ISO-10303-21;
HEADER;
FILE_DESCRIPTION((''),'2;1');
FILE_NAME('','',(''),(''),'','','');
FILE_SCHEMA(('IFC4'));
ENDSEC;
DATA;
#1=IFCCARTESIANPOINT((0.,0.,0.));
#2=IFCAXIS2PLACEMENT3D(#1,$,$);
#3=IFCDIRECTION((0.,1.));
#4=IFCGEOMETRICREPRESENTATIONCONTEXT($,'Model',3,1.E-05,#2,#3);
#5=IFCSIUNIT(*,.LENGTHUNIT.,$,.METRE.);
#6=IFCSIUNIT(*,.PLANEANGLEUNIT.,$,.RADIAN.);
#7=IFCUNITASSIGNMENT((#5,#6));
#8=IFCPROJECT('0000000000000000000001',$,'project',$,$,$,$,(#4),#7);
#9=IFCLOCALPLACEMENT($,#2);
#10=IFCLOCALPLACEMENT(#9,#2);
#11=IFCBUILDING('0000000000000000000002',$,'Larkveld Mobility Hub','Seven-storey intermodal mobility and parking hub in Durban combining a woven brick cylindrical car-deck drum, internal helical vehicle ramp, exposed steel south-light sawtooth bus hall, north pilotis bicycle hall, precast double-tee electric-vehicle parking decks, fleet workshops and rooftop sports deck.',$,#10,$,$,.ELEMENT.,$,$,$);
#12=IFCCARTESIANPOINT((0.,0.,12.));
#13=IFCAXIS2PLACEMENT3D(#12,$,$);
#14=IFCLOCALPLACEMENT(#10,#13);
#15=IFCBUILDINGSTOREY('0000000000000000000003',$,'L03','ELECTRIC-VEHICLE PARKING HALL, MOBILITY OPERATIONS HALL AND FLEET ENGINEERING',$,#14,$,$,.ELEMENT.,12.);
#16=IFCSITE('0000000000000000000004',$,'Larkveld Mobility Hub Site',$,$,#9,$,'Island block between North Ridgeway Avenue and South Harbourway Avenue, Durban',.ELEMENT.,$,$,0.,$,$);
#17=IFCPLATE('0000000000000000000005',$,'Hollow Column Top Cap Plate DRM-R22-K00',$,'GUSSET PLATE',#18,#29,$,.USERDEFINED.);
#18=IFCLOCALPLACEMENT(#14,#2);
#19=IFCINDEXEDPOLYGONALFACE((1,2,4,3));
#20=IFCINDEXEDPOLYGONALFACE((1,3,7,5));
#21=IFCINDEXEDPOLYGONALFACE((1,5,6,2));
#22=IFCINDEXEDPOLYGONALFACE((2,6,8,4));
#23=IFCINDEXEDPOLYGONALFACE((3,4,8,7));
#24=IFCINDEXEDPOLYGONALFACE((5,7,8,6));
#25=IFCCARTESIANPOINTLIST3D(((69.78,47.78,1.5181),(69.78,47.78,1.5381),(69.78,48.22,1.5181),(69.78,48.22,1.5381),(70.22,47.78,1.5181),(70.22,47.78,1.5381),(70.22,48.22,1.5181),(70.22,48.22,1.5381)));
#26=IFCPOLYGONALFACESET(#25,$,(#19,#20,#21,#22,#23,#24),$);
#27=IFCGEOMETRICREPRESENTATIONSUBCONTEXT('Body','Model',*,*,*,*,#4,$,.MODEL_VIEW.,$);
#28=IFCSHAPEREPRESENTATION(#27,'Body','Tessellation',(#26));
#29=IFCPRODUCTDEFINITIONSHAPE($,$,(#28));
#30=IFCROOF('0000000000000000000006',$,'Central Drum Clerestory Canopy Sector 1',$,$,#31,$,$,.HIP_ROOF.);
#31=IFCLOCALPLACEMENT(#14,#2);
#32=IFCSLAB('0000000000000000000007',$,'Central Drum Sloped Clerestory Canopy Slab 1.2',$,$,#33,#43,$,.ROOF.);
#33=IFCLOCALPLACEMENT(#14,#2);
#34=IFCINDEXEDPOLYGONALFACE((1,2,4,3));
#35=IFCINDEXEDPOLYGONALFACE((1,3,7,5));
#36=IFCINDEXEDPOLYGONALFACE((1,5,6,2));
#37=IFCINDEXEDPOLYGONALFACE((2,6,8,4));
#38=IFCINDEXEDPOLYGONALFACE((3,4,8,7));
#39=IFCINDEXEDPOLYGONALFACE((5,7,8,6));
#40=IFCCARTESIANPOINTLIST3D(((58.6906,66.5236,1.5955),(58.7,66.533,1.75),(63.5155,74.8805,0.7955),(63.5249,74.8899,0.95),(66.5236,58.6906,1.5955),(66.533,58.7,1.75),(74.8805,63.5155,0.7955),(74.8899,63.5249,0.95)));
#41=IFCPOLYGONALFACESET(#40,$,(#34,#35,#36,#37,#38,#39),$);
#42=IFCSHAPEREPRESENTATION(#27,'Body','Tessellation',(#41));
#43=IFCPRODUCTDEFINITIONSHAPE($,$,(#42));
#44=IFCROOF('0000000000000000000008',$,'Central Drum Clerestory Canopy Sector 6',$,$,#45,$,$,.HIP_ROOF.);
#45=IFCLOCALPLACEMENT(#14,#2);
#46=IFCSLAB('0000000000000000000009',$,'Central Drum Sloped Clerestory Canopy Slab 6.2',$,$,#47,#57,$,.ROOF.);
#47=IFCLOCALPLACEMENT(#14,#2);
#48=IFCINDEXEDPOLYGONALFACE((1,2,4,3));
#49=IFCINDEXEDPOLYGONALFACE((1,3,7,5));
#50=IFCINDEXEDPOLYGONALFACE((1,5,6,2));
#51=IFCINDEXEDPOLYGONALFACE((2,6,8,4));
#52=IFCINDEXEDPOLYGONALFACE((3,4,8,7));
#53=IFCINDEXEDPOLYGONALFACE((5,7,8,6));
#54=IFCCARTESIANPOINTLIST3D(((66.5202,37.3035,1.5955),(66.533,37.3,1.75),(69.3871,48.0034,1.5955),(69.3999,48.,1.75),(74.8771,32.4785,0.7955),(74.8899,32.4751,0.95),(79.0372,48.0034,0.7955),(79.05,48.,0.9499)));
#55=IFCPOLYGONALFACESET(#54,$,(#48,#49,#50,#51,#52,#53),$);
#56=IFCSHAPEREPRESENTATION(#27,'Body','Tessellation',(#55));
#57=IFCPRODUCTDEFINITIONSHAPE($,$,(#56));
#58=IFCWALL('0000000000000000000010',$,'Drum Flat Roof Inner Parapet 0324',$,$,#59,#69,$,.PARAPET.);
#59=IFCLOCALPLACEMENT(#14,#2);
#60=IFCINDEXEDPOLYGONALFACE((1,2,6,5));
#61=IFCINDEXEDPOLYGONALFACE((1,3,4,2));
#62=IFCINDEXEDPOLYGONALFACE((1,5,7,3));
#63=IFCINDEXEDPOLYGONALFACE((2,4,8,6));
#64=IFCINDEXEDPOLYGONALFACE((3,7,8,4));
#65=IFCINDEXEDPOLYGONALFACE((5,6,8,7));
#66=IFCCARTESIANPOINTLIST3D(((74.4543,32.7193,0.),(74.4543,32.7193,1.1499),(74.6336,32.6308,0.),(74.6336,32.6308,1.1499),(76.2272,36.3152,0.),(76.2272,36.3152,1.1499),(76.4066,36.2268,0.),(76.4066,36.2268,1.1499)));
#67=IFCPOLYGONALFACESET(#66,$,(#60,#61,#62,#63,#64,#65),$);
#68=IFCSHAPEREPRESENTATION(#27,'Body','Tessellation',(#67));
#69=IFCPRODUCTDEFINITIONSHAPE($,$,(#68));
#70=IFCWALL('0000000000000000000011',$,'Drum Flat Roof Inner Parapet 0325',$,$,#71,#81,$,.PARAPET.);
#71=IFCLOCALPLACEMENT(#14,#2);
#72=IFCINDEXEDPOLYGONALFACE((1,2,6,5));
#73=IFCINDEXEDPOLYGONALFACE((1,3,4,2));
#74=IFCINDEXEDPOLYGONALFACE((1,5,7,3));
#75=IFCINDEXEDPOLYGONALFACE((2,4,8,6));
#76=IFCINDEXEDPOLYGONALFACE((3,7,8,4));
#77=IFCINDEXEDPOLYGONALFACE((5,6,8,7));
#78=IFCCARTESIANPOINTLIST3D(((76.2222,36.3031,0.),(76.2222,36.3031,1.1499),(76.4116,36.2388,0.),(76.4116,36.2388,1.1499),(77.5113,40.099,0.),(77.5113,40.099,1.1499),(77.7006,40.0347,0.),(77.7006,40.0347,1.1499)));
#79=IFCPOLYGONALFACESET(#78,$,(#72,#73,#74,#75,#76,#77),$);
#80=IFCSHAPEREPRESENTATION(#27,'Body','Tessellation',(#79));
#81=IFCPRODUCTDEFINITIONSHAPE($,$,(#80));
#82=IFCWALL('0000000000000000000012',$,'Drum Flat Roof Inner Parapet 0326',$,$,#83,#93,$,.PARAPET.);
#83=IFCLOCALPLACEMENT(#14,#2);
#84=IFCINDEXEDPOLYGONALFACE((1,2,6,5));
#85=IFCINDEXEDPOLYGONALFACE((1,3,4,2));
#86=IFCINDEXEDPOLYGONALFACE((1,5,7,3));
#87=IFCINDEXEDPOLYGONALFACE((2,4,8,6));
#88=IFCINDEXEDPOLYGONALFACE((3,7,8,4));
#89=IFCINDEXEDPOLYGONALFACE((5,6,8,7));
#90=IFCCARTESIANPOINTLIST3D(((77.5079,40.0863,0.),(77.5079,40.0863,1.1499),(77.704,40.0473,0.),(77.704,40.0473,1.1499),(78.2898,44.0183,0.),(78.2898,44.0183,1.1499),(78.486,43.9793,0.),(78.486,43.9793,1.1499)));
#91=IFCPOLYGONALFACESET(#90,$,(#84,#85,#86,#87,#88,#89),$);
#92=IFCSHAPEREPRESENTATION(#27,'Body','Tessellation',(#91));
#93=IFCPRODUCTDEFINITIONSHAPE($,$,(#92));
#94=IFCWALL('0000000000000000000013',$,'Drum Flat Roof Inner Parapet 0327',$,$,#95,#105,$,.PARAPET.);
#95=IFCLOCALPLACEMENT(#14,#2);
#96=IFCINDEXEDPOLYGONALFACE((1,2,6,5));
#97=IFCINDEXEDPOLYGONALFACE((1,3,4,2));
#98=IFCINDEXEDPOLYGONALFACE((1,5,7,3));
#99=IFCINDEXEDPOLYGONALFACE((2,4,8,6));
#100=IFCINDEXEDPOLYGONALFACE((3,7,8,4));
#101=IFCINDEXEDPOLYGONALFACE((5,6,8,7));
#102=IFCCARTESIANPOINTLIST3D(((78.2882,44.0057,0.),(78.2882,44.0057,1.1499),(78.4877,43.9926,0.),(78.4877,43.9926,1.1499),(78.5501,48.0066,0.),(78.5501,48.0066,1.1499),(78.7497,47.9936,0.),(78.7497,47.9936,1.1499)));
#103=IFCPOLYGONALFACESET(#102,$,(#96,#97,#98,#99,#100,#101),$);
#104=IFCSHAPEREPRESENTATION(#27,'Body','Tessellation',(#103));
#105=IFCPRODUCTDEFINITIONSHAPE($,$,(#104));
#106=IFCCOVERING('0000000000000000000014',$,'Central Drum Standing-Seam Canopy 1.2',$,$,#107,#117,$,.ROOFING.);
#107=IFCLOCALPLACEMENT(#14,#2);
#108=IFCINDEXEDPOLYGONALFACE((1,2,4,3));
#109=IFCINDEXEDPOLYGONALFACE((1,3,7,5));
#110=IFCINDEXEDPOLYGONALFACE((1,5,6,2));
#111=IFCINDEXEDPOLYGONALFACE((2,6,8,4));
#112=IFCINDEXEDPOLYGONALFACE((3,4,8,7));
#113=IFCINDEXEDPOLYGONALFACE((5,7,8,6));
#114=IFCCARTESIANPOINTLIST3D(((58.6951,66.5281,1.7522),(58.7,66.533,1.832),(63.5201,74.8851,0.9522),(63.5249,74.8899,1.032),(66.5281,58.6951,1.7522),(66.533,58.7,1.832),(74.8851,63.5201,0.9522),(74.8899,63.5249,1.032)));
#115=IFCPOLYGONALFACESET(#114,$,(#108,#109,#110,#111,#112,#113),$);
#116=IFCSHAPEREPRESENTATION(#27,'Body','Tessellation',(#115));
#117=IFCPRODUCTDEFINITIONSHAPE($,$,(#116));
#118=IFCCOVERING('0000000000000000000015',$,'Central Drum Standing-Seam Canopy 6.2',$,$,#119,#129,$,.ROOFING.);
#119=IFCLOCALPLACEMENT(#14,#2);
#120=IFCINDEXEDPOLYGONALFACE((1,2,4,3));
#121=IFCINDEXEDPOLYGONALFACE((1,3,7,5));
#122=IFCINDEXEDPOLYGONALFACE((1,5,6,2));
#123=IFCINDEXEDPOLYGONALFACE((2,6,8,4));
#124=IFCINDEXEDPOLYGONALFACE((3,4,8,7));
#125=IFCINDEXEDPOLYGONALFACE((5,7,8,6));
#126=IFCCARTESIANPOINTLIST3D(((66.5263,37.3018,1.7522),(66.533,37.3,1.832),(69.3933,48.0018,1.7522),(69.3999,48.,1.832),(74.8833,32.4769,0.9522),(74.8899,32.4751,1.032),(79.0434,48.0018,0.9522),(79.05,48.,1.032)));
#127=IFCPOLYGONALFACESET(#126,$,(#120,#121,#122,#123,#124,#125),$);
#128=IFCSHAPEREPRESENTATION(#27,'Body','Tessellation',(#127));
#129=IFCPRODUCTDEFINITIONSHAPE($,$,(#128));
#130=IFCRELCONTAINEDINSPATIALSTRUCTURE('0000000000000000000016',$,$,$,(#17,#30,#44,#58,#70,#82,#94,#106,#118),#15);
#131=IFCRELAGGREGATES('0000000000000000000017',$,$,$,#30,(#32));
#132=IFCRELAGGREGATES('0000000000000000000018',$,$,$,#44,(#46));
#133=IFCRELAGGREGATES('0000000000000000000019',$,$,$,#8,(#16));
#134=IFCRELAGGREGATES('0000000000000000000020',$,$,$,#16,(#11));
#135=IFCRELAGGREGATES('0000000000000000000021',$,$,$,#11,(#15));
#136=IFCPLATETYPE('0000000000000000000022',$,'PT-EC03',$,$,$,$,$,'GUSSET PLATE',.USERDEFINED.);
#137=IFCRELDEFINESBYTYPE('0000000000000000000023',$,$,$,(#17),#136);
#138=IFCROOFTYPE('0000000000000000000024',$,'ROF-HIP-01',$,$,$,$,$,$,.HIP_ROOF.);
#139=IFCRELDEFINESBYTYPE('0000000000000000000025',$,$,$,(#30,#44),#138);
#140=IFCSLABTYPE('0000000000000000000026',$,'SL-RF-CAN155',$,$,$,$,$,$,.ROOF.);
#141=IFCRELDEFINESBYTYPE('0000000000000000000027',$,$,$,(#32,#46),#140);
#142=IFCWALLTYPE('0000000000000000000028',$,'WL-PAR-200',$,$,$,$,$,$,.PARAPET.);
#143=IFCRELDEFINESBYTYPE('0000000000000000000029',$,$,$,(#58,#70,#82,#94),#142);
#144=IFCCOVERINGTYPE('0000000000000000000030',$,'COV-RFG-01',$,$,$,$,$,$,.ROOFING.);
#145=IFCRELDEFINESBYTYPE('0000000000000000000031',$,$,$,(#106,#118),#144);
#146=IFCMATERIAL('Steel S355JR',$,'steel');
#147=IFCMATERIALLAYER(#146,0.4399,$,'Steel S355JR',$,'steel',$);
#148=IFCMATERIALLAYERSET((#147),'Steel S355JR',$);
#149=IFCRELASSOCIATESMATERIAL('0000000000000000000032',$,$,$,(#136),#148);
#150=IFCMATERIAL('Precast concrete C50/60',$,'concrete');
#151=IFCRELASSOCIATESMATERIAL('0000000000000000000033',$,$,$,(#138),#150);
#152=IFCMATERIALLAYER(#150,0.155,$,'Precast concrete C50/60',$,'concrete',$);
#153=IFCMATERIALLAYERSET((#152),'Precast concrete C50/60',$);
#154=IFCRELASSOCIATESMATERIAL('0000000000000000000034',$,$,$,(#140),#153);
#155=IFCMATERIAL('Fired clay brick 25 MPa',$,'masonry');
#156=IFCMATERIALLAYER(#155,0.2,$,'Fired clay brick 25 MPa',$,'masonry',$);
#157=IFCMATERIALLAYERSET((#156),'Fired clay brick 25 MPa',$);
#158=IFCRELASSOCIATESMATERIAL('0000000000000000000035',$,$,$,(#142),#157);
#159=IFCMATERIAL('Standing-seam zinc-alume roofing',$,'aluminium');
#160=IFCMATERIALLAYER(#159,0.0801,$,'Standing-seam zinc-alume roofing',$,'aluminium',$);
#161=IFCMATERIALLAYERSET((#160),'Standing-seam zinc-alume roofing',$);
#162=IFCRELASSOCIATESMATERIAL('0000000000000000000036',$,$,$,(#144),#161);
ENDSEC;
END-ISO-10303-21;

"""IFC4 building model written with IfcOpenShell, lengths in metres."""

from ifc_helpers import new_model, si_unit, direction, frame, frame_2d, origin, origin_2d, place, context, subcontext, project, spatial, polyline, rectangle, outline, extrude, material, layer, layer_set, type_object, element, aggregate, save


model = new_model("IFC4")

# Units and contexts
model_context = context("Model", 3, precision=1e-05, world=origin(), true_north=direction((0.0, 1.0)))
body_context = subcontext(model_context, "Body", "Model", "MODEL_VIEW")
ifc_project = project(units=[si_unit("LENGTHUNIT", "METRE"), si_unit("PLANEANGLEUNIT", "RADIAN")], contexts=[model_context])

# Site, building, storey
site_placement = place(None, origin())
site = spatial("IfcSite", under=ifc_project, at=site_placement, Name="Larkveld Mobility Hub Site", LongName="Island block between North Ridgeway Avenue and South Harbourway Avenue, Durban", CompositionType="ELEMENT", RefElevation=0.0)
building_placement = place(site_placement, origin())
building = spatial("IfcBuilding", under=site, at=building_placement, Name="Larkveld Mobility Hub", Description="Seven-storey intermodal mobility and parking hub in Durban combining a woven brick cylindrical car-deck drum, internal helical vehicle ramp, exposed steel south-light sawtooth bus hall, north pilotis bicycle hall, precast double-tee electric-vehicle parking decks, fleet workshops and rooftop sports deck.", CompositionType="ELEMENT")
storey_placement = place(building_placement, frame((0.0, 0.0, 12.0)))
storey = spatial("IfcBuildingStorey", under=building, at=storey_placement, Name="L03", Description="ELECTRIC-VEHICLE PARKING HALL, MOBILITY OPERATIONS HALL AND FLEET ENGINEERING", CompositionType="ELEMENT", Elevation=12.0)

# Shared definitions
ifc_material_1 = material(Name="Steel S355JR", Category="steel")

# Plate
ifc_layer_1 = layer(ifc_material_1, 0.4399, Name="Steel S355JR", Category="steel")
ifc_layer_set_1 = layer_set([ifc_layer_1], Name="Steel S355JR")
plate_type = type_object("IfcPlateType", Name="PT-EC03", ElementType="GUSSET PLATE", PredefinedType="USERDEFINED", material=ifc_layer_set_1)
plate_placement = place(storey_placement, frame((70.0, 48.0, 1.5181), z_axis=(0.0, 0.0, 1.0), x_axis=(1.0, 0.0, 0.0)))
element("IfcPlate", 1, at=plate_placement, inside=storey, type_object=plate_type, Name="Hollow Column Top Cap Plate DRM-R22-K00", ObjectType="GUSSET PLATE", PredefinedType="USERDEFINED", context=body_context, shape_type="SweptSolid", body=[
    extrude(rectangle(XDim=0.4399, YDim=0.4399, at=origin_2d()), origin(), (0.0, 0.0, 1.0), 0.02),
])

# Roofs, slabs
ifc_material_2 = material(Name="Precast concrete C50/60", Category="concrete")
roof_type = type_object("IfcRoofType", Name="ROF-HIP-01", PredefinedType="HIP_ROOF", material=ifc_material_2)
roof_1_placement = place(storey_placement, origin())
roof_1 = element("IfcRoof", 2, at=roof_1_placement, inside=storey, type_object=roof_type, Name="Central Drum Clerestory Canopy Sector 1", PredefinedType="HIP_ROOF")
ifc_layer_2 = layer(ifc_material_2, 0.155, Name="Precast concrete C50/60", Category="concrete")
ifc_layer_set_2 = layer_set([ifc_layer_2], Name="Precast concrete C50/60")
slab_type = type_object("IfcSlabType", Name="SL-RF-CAN155", PredefinedType="ROOF", material=ifc_layer_set_2)
slab_1_placement = place(storey_placement, frame((74.8899, 63.5249, 0.95), z_axis=(0.060471, 0.060471, 0.996337), x_axis=(-0.707107, 0.707107, 0.0)))
slab_1 = element("IfcSlab", 3, at=slab_1_placement, type_object=slab_type, Name="Central Drum Sloped Clerestory Canopy Slab 1.2", PredefinedType="ROOF", context=body_context, shape_type="SweptSolid", body=[
    extrude(outline(polyline([(0.0, 0.0), (16.0725, 0.0), (13.575, 9.3553), (2.4975, 9.3553), (0.0, 0.0)])), origin(), (0.0, 0.0, -1.0), 0.155),
])
aggregate(roof_1, [slab_1])
roof_2_placement = place(storey_placement, origin())
roof_2 = element("IfcRoof", 4, at=roof_2_placement, inside=storey, type_object=roof_type, Name="Central Drum Clerestory Canopy Sector 6", PredefinedType="HIP_ROOF")
slab_2_placement = place(storey_placement, frame((74.8899, 32.4751, 0.95), z_axis=(0.082603, -0.022134, 0.996337), x_axis=(0.258835, 0.965922, -0.000001)))
slab_2 = element("IfcSlab", 5, at=slab_2_placement, type_object=slab_type, Name="Central Drum Sloped Clerestory Canopy Slab 6.2", PredefinedType="ROOF", context=body_context, shape_type="SweptSolid", body=[
    extrude(outline(polyline([(0.0, 0.0), (16.0726, 0.0), (13.5748, 9.3556), (2.4975, 9.3553), (0.0, 0.0)])), origin(), (0.0, 0.0, -1.0), 0.155),
])
aggregate(roof_2, [slab_2])

# Walls
ifc_material_3 = material(Name="Fired clay brick 25 MPa", Category="masonry")
ifc_layer_3 = layer(ifc_material_3, 0.2, Name="Fired clay brick 25 MPa", Category="masonry")
ifc_layer_set_3 = layer_set([ifc_layer_3], Name="Fired clay brick 25 MPa")
wall_type = type_object("IfcWallType", Name="WL-PAR-200", PredefinedType="PARAPET", material=ifc_layer_set_3)
wall_1_placement = place(storey_placement, frame((74.5439, 32.675, 0.0), z_axis=(0.0, 0.0, 1.0), x_axis=(0.442213, 0.89691, 0.0)))
element("IfcWall", 6, at=wall_1_placement, inside=storey, type_object=wall_type, Name="Drum Flat Roof Inner Parapet 0324", PredefinedType="PARAPET", context=body_context, shape_type="SweptSolid", body=[
    extrude(rectangle(XDim=4.0093, YDim=0.2, at=frame_2d((2.0046, 0.0))), origin(), (0.0, 0.0, 1.0), 1.1499),
])
wall_2_placement = place(storey_placement, frame((76.3169, 36.271, 0.0), z_axis=(0.0, 0.0, 1.0), x_axis=(0.321558, 0.94689, 0.0)))
element("IfcWall", 7, at=wall_2_placement, inside=storey, type_object=wall_type, Name="Drum Flat Roof Inner Parapet 0325", PredefinedType="PARAPET", context=body_context, shape_type="SweptSolid", body=[
    extrude(rectangle(XDim=4.0088, YDim=0.2, at=frame_2d((2.0044, 0.0))), origin(), (0.0, 0.0, 1.0), 1.1499),
])
wall_3_placement = place(storey_placement, frame((77.606, 40.0669, 0.0), z_axis=(0.0, 0.0, 1.0), x_axis=(0.19505, 0.980793, 0.0)))
element("IfcWall", 8, at=wall_3_placement, inside=storey, type_object=wall_type, Name="Drum Flat Roof Inner Parapet 0326", PredefinedType="PARAPET", context=body_context, shape_type="SweptSolid", body=[
    extrude(rectangle(XDim=4.009, YDim=0.2, at=frame_2d((2.0044, 0.0))), origin(), (0.0, 0.0, 1.0), 1.1499),
])
wall_4_placement = place(storey_placement, frame((78.3879, 43.999, 0.0), z_axis=(0.0, 0.0, 1.0), x_axis=(0.065335, 0.997863, 0.0)))
element("IfcWall", 9, at=wall_4_placement, inside=storey, type_object=wall_type, Name="Drum Flat Roof Inner Parapet 0327", PredefinedType="PARAPET", context=body_context, shape_type="SweptSolid", body=[
    extrude(rectangle(XDim=4.0095, YDim=0.2, at=frame_2d((2.0049, 0.0))), origin(), (0.0, 0.0, 1.0), 1.1499),
])

# Coverings
ifc_material_4 = material(Name="Standing-seam zinc-alume roofing", Category="aluminium")
ifc_layer_4 = layer(ifc_material_4, 0.0801, Name="Standing-seam zinc-alume roofing", Category="aluminium")
ifc_layer_set_4 = layer_set([ifc_layer_4], Name="Standing-seam zinc-alume roofing")
covering_type = type_object("IfcCoveringType", Name="COV-RFG-01", PredefinedType="ROOFING", material=ifc_layer_set_4)
covering_1_placement = place(storey_placement, frame((74.8899, 63.5249, 1.032), z_axis=(0.060471, 0.060471, 0.996337), x_axis=(-0.707107, 0.707107, 0.0)))
element("IfcCovering", 10, at=covering_1_placement, inside=storey, type_object=covering_type, Name="Central Drum Standing-Seam Canopy 1.2", PredefinedType="ROOFING", context=body_context, shape_type="SweptSolid", body=[
    extrude(outline(polyline([(0.0, 0.0), (16.0725, 0.0), (13.575, 9.3553), (2.4975, 9.3553), (0.0, 0.0)])), origin(), (0.0, 0.0, -1.0), 0.0801),
])
covering_2_placement = place(storey_placement, frame((74.8899, 32.4751, 1.032), z_axis=(0.082603, -0.022134, 0.996337), x_axis=(0.258835, 0.965922, -0.000001)))
element("IfcCovering", 11, at=covering_2_placement, inside=storey, type_object=covering_type, Name="Central Drum Standing-Seam Canopy 6.2", PredefinedType="ROOFING", context=body_context, shape_type="SweptSolid", body=[
    extrude(outline(polyline([(0.0, 0.0), (16.0726, 0.0), (13.5748, 9.3556), (2.4975, 9.3553), (0.0, 0.0)])), origin(), (0.0, 0.0, -1.0), 0.0801),
])

save(model, "model.ifc")
